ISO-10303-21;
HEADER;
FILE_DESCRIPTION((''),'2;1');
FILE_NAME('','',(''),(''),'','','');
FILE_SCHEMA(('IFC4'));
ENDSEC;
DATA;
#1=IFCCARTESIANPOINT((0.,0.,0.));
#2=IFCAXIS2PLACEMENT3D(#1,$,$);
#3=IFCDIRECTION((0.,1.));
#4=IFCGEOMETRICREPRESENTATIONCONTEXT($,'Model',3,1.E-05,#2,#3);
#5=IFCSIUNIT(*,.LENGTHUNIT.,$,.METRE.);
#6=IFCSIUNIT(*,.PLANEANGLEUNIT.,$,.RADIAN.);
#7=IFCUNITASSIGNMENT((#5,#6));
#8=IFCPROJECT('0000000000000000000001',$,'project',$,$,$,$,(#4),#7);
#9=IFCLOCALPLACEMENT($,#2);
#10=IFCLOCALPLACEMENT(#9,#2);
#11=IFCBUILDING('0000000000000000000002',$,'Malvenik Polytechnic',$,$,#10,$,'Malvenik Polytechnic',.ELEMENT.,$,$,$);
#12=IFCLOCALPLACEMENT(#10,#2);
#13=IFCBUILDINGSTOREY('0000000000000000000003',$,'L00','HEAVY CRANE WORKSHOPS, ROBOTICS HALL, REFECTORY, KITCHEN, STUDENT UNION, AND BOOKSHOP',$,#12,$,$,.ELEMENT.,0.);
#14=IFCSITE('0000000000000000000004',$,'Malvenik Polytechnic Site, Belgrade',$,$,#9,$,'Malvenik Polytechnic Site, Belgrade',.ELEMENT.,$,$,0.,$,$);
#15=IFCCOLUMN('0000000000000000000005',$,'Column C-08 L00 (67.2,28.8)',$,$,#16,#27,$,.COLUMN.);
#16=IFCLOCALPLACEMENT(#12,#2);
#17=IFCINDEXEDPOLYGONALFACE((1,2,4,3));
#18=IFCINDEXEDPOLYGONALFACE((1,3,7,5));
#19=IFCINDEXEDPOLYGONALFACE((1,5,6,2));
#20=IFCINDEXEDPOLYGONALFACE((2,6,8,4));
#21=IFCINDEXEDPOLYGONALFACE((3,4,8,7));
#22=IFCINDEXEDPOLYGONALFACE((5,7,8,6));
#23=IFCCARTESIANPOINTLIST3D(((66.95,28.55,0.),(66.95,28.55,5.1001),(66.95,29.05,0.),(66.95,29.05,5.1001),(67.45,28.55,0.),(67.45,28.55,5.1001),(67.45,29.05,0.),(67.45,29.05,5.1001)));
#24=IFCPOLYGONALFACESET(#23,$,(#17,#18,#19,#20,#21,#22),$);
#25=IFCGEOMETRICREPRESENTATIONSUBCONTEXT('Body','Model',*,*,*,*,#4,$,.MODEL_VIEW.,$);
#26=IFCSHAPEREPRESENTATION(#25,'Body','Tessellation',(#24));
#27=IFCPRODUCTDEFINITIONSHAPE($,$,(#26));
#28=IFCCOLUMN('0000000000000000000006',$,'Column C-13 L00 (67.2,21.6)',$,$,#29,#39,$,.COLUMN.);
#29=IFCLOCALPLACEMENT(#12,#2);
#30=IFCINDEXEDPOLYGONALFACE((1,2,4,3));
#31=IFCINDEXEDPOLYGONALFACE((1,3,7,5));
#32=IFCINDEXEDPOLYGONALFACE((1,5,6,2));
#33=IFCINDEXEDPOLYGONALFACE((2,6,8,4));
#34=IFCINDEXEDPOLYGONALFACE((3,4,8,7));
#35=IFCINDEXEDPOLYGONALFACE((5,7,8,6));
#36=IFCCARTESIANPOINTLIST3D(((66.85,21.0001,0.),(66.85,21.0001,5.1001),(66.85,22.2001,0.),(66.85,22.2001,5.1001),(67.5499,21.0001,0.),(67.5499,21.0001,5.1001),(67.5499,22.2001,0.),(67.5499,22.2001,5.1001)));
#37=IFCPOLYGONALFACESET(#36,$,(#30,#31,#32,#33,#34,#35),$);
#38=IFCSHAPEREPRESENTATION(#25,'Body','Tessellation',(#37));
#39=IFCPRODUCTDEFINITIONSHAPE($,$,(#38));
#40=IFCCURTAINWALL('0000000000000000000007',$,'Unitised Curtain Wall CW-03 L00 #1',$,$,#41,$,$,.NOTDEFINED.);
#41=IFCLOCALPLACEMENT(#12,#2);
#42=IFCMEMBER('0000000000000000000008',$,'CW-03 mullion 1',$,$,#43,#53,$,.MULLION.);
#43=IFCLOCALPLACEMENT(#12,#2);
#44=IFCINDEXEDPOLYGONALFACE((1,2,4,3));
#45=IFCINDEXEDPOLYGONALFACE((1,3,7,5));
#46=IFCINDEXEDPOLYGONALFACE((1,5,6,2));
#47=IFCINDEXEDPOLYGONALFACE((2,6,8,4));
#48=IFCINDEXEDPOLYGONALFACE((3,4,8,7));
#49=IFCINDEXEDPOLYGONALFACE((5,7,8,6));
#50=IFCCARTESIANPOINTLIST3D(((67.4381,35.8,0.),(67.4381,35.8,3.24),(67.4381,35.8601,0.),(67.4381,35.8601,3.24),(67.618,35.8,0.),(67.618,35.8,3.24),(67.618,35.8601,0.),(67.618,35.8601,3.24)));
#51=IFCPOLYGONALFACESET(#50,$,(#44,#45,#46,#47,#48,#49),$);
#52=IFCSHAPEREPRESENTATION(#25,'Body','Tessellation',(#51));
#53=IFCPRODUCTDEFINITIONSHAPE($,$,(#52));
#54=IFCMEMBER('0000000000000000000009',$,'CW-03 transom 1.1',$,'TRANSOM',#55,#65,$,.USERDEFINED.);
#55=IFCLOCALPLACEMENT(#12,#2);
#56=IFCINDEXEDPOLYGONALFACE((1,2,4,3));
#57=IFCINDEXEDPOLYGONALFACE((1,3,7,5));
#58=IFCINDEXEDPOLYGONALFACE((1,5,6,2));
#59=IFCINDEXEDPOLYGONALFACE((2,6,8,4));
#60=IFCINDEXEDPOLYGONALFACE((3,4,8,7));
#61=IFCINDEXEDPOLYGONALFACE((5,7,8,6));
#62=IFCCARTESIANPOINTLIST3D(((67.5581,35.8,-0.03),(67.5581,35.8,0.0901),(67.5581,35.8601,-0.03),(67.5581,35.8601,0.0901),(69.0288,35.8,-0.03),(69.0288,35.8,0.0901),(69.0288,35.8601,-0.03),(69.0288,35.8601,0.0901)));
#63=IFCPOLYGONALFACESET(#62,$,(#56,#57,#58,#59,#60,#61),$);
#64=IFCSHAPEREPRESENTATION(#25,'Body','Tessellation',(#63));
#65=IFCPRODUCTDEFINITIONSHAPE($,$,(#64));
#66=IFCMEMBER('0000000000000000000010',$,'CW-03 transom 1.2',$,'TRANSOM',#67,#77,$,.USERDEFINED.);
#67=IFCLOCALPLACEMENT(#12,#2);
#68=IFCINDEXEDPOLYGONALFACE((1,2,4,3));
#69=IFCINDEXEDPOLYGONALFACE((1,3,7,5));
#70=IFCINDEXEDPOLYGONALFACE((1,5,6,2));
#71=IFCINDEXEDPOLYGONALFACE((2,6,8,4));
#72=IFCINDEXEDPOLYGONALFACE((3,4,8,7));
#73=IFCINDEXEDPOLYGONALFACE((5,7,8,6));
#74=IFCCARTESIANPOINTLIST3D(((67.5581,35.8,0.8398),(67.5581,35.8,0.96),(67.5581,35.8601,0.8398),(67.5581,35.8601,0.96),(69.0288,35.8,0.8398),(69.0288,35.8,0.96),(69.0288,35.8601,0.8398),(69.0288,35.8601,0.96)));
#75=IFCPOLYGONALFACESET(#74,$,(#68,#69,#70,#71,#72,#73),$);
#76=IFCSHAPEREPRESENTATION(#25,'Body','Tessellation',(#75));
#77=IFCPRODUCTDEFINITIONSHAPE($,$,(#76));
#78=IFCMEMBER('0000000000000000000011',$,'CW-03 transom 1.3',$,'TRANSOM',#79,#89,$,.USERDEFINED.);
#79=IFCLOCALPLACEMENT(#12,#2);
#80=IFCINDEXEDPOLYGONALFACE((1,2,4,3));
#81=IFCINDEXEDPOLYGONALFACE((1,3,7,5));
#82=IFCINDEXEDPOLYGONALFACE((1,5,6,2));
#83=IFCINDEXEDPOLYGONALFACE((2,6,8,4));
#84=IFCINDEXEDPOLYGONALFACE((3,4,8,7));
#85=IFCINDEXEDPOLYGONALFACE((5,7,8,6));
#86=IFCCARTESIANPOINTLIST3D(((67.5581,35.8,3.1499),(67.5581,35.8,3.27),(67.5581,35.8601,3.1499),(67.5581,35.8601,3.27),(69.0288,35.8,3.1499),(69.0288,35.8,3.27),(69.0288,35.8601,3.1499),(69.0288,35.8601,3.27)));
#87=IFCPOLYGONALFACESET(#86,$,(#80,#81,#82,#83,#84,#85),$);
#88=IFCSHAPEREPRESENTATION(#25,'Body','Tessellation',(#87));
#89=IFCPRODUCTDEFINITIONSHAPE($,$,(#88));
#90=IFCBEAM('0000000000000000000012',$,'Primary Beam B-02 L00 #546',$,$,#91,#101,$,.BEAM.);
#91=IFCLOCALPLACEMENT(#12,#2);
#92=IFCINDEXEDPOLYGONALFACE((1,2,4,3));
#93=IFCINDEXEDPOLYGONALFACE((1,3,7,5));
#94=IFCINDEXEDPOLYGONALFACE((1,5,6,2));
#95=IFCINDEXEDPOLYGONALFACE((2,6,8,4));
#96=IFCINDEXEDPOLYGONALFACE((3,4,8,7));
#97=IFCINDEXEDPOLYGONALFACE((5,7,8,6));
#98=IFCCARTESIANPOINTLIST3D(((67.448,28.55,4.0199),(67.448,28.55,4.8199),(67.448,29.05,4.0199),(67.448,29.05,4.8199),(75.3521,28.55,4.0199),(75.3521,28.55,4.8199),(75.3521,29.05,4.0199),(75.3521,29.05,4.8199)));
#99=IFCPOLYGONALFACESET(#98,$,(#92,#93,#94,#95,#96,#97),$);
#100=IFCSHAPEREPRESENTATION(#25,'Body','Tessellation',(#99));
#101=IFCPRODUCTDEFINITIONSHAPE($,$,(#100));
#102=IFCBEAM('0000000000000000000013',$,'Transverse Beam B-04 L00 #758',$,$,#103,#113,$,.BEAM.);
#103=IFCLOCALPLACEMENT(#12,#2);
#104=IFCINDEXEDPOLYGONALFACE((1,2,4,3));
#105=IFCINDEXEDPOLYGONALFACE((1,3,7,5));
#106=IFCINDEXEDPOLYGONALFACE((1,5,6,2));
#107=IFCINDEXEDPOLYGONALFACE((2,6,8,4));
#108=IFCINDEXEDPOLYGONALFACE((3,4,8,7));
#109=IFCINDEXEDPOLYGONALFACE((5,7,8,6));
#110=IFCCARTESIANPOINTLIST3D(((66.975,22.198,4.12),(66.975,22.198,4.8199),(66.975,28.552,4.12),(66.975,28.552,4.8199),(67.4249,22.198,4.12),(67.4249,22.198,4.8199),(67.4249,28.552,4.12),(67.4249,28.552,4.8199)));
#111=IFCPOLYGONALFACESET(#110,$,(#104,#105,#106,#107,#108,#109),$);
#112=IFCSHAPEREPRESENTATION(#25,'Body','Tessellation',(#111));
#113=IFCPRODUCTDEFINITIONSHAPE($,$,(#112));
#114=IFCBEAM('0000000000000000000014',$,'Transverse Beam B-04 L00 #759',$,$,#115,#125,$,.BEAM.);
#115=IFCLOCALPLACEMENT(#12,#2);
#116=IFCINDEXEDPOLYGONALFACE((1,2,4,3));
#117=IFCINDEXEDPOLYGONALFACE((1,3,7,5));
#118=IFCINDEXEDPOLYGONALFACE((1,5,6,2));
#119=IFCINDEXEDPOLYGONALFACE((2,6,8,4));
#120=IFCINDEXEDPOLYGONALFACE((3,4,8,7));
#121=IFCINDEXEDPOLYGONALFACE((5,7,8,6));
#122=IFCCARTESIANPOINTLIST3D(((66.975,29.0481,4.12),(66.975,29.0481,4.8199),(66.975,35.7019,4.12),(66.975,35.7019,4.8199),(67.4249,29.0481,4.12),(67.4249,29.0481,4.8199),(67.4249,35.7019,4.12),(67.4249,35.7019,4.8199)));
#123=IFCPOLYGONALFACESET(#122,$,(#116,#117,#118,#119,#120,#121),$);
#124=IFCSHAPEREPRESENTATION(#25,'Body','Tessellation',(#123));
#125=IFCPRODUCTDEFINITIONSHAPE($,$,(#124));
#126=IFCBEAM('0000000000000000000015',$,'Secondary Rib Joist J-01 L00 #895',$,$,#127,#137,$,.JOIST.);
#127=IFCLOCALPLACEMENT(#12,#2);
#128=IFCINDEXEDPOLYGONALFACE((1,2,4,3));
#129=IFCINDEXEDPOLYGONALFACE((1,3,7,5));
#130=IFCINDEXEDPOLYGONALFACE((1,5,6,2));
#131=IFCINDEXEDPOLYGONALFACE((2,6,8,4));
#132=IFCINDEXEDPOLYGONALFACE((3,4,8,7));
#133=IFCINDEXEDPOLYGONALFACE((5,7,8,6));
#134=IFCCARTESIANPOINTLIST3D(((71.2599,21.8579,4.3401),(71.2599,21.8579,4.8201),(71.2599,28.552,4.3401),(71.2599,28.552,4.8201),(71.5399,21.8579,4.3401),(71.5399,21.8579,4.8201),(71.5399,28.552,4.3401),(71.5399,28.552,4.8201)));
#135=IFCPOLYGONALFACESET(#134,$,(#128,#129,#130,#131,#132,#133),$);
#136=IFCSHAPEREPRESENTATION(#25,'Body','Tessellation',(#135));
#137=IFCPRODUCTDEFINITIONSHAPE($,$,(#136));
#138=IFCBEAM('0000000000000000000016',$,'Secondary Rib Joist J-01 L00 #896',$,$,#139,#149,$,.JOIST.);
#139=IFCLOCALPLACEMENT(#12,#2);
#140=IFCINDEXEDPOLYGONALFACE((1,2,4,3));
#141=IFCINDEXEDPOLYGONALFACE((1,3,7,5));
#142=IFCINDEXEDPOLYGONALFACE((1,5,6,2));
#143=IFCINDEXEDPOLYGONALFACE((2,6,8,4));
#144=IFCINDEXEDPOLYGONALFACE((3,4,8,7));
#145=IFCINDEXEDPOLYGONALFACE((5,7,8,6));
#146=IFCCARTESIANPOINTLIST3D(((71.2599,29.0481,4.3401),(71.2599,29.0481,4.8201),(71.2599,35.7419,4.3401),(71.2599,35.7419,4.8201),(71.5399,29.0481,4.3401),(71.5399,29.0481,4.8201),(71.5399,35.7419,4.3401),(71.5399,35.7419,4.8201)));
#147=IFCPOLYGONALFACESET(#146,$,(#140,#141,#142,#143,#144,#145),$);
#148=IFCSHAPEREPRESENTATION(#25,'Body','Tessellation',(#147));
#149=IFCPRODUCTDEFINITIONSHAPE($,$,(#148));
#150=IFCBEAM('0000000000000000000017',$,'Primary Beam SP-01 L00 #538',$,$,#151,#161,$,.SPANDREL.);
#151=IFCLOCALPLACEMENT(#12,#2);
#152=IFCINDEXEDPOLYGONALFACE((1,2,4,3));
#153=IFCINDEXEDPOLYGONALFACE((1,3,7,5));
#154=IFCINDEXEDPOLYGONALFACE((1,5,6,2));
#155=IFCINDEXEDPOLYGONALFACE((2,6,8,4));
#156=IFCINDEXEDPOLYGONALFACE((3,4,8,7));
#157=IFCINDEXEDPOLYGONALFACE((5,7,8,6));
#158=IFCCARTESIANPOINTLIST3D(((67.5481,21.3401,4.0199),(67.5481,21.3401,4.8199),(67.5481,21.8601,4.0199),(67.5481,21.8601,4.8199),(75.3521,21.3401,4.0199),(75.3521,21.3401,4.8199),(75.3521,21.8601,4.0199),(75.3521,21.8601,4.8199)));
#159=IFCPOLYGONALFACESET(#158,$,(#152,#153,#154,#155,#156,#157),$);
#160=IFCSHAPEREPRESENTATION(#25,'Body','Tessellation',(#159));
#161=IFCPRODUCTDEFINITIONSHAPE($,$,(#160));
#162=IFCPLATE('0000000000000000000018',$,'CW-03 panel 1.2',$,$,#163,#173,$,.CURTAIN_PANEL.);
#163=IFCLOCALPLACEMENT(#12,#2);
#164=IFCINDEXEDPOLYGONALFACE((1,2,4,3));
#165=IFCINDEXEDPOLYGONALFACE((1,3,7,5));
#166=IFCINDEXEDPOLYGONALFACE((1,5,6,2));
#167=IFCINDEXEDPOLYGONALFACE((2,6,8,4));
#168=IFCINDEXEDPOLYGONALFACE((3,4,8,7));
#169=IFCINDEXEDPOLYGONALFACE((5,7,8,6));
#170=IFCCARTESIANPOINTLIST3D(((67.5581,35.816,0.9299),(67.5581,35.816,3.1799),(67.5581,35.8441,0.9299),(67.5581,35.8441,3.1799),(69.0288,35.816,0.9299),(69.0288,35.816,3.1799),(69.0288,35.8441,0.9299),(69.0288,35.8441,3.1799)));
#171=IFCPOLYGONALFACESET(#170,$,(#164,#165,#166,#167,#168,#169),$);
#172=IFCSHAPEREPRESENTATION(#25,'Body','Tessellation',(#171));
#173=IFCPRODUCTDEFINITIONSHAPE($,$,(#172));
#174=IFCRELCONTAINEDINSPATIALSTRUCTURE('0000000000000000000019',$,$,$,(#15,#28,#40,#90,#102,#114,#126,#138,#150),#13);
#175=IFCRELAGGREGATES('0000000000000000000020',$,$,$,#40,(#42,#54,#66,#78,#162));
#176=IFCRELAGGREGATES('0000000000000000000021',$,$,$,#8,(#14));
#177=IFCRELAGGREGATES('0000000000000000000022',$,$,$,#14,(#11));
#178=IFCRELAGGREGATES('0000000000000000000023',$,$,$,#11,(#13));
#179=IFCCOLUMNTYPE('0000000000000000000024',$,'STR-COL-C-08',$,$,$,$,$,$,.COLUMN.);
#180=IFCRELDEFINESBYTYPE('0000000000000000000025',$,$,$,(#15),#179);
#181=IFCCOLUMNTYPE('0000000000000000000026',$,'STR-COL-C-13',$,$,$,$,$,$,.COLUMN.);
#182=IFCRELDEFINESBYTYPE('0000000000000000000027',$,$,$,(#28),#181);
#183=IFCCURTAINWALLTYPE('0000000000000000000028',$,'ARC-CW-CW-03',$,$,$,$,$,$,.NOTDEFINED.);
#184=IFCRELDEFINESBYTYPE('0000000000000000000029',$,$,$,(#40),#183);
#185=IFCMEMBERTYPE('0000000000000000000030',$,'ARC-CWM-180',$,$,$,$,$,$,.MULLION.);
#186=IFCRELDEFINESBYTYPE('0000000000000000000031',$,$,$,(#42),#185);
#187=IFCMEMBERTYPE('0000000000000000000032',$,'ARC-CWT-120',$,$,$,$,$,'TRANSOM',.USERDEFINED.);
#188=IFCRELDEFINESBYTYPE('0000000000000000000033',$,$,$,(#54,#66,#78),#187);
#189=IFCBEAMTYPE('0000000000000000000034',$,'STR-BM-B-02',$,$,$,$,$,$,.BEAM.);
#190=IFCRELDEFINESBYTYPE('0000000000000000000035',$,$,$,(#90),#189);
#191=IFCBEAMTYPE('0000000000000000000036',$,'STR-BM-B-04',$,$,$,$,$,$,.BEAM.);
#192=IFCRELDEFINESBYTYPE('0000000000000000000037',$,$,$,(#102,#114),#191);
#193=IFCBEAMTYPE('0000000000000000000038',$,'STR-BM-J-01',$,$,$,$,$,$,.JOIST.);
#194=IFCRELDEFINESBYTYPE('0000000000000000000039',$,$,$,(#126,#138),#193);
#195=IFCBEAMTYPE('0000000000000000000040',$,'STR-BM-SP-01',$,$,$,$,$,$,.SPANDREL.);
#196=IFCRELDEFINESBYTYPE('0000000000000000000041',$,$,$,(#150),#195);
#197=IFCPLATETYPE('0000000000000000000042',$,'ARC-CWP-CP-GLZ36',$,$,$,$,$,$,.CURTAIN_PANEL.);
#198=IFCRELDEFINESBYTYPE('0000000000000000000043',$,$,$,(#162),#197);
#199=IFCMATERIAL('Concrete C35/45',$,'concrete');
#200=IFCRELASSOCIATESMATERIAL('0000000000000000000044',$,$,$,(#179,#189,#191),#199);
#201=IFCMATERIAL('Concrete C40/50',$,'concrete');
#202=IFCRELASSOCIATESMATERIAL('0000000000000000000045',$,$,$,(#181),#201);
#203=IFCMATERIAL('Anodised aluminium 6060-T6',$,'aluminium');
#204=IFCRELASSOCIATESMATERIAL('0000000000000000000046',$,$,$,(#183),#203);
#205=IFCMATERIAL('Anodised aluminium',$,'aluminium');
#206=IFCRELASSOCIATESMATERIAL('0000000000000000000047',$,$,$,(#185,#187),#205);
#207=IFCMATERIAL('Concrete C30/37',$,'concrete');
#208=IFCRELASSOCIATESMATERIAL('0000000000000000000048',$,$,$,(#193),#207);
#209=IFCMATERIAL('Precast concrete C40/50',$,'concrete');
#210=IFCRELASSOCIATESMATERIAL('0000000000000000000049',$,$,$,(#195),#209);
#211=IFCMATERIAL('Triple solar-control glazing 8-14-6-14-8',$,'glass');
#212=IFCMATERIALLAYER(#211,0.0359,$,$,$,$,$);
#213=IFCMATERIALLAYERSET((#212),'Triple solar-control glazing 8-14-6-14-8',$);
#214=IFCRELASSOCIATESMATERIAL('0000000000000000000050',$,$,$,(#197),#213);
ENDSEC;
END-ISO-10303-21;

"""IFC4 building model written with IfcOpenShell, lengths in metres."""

from ifc_helpers import new_model, si_unit, direction, frame, origin, origin_2d, place, context, subcontext, project, spatial, rectangle, extrude, material, layer, layer_set, material_profile, profile_set, type_object, element, aggregate, save


model = new_model("IFC4")

# Units and contexts
model_context = context("Model", 3, precision=1e-05, world=origin(), true_north=direction((0.0, 1.0)))
body_context = subcontext(model_context, "Body", "Model", "MODEL_VIEW")
ifc_project = project(units=[si_unit("LENGTHUNIT", "METRE"), si_unit("PLANEANGLEUNIT", "RADIAN")], contexts=[model_context])

# Site, building, storey
site_placement = place(None, origin())
site = spatial("IfcSite", under=ifc_project, at=site_placement, Name="Malvenik Polytechnic Site, Belgrade", LongName="Malvenik Polytechnic Site, Belgrade", CompositionType="ELEMENT", RefElevation=0.0)
building_placement = place(site_placement, origin())
building = spatial("IfcBuilding", under=site, at=building_placement, Name="Malvenik Polytechnic", LongName="Malvenik Polytechnic", CompositionType="ELEMENT")
storey_placement = place(building_placement, origin())
storey = spatial("IfcBuildingStorey", under=building, at=storey_placement, Name="L00", Description="HEAVY CRANE WORKSHOPS, ROBOTICS HALL, REFECTORY, KITCHEN, STUDENT UNION, AND BOOKSHOP", CompositionType="ELEMENT", Elevation=0.0)

# Columns
ifc_material_1 = material(Name="Concrete C35/45", Category="concrete")
ifc_material_profile_1 = material_profile(ifc_material_1, rectangle(XDim=0.5, YDim=0.5, at=origin_2d()), Name="RC COL 500x500")
ifc_profile_set_1 = profile_set([ifc_material_profile_1], Name="Concrete C35/45")
column_type_1 = type_object("IfcColumnType", Name="STR-COL-C-08", PredefinedType="COLUMN", material=ifc_profile_set_1)
column_1_placement = place(storey_placement, frame((67.2, 28.8, 0.0), z_axis=(0.0, 0.0, 1.0), x_axis=(1.0, 0.0, 0.0)))
element("IfcColumn", 1, at=column_1_placement, inside=storey, type_object=column_type_1, Name="Column C-08 L00 (67.2,28.8)", PredefinedType="COLUMN", context=body_context, shape_type="SweptSolid", body=[
    extrude(rectangle(XDim=0.5, YDim=0.5, at=origin_2d()), origin(), (0.0, 0.0, 1.0), 5.1001),
])
ifc_material_2 = material(Name="Concrete C40/50", Category="concrete")
ifc_material_profile_2 = material_profile(ifc_material_2, rectangle(XDim=0.7, YDim=1.2, at=origin_2d()), Name="RC COL 1200x700")
ifc_profile_set_2 = profile_set([ifc_material_profile_2], Name="Concrete C40/50")
column_type_2 = type_object("IfcColumnType", Name="STR-COL-C-13", PredefinedType="COLUMN", material=ifc_profile_set_2)
column_2_placement = place(storey_placement, frame((67.2, 21.6001, 0.0), z_axis=(0.0, 0.0, 1.0), x_axis=(1.0, 0.0, 0.0)))
element("IfcColumn", 2, at=column_2_placement, inside=storey, type_object=column_type_2, Name="Column C-13 L00 (67.2,21.6)", PredefinedType="COLUMN", context=body_context, shape_type="SweptSolid", body=[
    extrude(rectangle(XDim=0.7, YDim=1.2, at=origin_2d()), origin(), (0.0, 0.0, 1.0), 5.1001),
])

# Curtain wall, members
ifc_material_3 = material(Name="Anodised aluminium 6060-T6", Category="aluminium")
curtain_wall_type = type_object("IfcCurtainWallType", Name="ARC-CW-CW-03", PredefinedType="NOTDEFINED", material=ifc_material_3)
curtain_wall_placement = place(storey_placement, origin())
curtain_wall = element("IfcCurtainWall", 3, at=curtain_wall_placement, inside=storey, type_object=curtain_wall_type, Name="Unitised Curtain Wall CW-03 L00 #1", PredefinedType="NOTDEFINED")
ifc_material_4 = material(Name="Anodised aluminium", Category="aluminium")
ifc_material_profile_3 = material_profile(ifc_material_4, rectangle(XDim=0.0601, YDim=0.1799, at=origin_2d()), Name="ALU MULLION 60x180")
ifc_profile_set_3 = profile_set([ifc_material_profile_3], Name="Anodised aluminium")
member_type_1 = type_object("IfcMemberType", Name="ARC-CWM-180", PredefinedType="MULLION", material=ifc_profile_set_3)
member_1_placement = place(storey_placement, frame((67.5281, 35.8301, 0.0), z_axis=(0.0, 0.0, 1.0), x_axis=(0.0, 1.0, 0.0)))
member_1 = element("IfcMember", 4, at=member_1_placement, type_object=member_type_1, Name="CW-03 mullion 1", PredefinedType="MULLION", context=body_context, shape_type="SweptSolid", body=[
    extrude(rectangle(XDim=0.0601, YDim=0.1799, at=origin_2d()), origin(), (0.0, 0.0, 1.0), 3.24),
])
ifc_material_profile_4 = material_profile(ifc_material_4, rectangle(XDim=0.0601, YDim=0.1201, at=origin_2d()), Name="ALU TRANSOM 60x120")
ifc_profile_set_4 = profile_set([ifc_material_profile_4], Name="Anodised aluminium")
member_type_2 = type_object("IfcMemberType", Name="ARC-CWT-120", ElementType="TRANSOM", PredefinedType="USERDEFINED", material=ifc_profile_set_4)
member_2_placement = place(storey_placement, frame((67.5581, 35.8301, 0.03), z_axis=(1.0, 0.0, 0.0), x_axis=(0.0, 1.0, 0.0)))
member_2 = element("IfcMember", 5, at=member_2_placement, type_object=member_type_2, Name="CW-03 transom 1.1", ObjectType="TRANSOM", PredefinedType="USERDEFINED", context=body_context, shape_type="SweptSolid", body=[
    extrude(rectangle(XDim=0.0601, YDim=0.1201, at=origin_2d()), origin(), (0.0, 0.0, 1.0), 1.4707),
])
member_3_placement = place(storey_placement, frame((67.5581, 35.8301, 0.8999), z_axis=(1.0, 0.0, 0.0), x_axis=(0.0, 1.0, 0.0)))
member_3 = element("IfcMember", 6, at=member_3_placement, type_object=member_type_2, Name="CW-03 transom 1.2", ObjectType="TRANSOM", PredefinedType="USERDEFINED", context=body_context, shape_type="SweptSolid", body=[
    extrude(rectangle(XDim=0.0601, YDim=0.1201, at=origin_2d()), origin(), (0.0, 0.0, 1.0), 1.4707),
])
member_4_placement = place(storey_placement, frame((67.5581, 35.8301, 3.21), z_axis=(1.0, 0.0, 0.0), x_axis=(0.0, 1.0, 0.0)))
member_4 = element("IfcMember", 7, at=member_4_placement, type_object=member_type_2, Name="CW-03 transom 1.3", ObjectType="TRANSOM", PredefinedType="USERDEFINED", context=body_context, shape_type="SweptSolid", body=[
    extrude(rectangle(XDim=0.0601, YDim=0.1201, at=origin_2d()), origin(), (0.0, 0.0, 1.0), 1.4707),
])

# Beams
ifc_material_profile_5 = material_profile(ifc_material_1, rectangle(XDim=0.5, YDim=0.8, at=origin_2d()), Name="RC BM 500x800")
ifc_profile_set_5 = profile_set([ifc_material_profile_5], Name="Concrete C35/45")
beam_type_1 = type_object("IfcBeamType", Name="STR-BM-B-02", PredefinedType="BEAM", material=ifc_profile_set_5)
beam_1_placement = place(storey_placement, frame((67.448, 28.8, 4.4199), z_axis=(1.0, 0.0, 0.0), x_axis=(0.0, 1.0, 0.0)))
element("IfcBeam", 8, at=beam_1_placement, inside=storey, type_object=beam_type_1, Name="Primary Beam B-02 L00 #546", PredefinedType="BEAM", context=body_context, shape_type="SweptSolid", body=[
    extrude(rectangle(XDim=0.5, YDim=0.8, at=origin_2d()), origin(), (0.0, 0.0, 1.0), 7.9041),
])
ifc_material_profile_6 = material_profile(ifc_material_1, rectangle(XDim=0.45, YDim=0.7, at=origin_2d()), Name="RC BM 450x700")
ifc_profile_set_6 = profile_set([ifc_material_profile_6], Name="Concrete C35/45")
beam_type_2 = type_object("IfcBeamType", Name="STR-BM-B-04", PredefinedType="BEAM", material=ifc_profile_set_6)
beam_2_placement = place(storey_placement, frame((67.2, 22.198, 4.47), z_axis=(0.0, 1.0, 0.0), x_axis=(-1.0, 0.0, 0.0)))
element("IfcBeam", 9, at=beam_2_placement, inside=storey, type_object=beam_type_2, Name="Transverse Beam B-04 L00 #758", PredefinedType="BEAM", context=body_context, shape_type="SweptSolid", body=[
    extrude(rectangle(XDim=0.45, YDim=0.7, at=origin_2d()), origin(), (0.0, 0.0, 1.0), 6.354),
])
beam_3_placement = place(storey_placement, frame((67.2, 29.0481, 4.47), z_axis=(0.0, 1.0, 0.0), x_axis=(-1.0, 0.0, 0.0)))
element("IfcBeam", 10, at=beam_3_placement, inside=storey, type_object=beam_type_2, Name="Transverse Beam B-04 L00 #759", PredefinedType="BEAM", context=body_context, shape_type="SweptSolid", body=[
    extrude(rectangle(XDim=0.45, YDim=0.7, at=origin_2d()), origin(), (0.0, 0.0, 1.0), 6.6538),
])
ifc_material_5 = material(Name="Concrete C30/37", Category="concrete")
ifc_material_profile_7 = material_profile(ifc_material_5, rectangle(XDim=0.28, YDim=0.48, at=origin_2d()), Name="RC JST 280x480")
ifc_profile_set_7 = profile_set([ifc_material_profile_7], Name="Concrete C30/37")
beam_type_3 = type_object("IfcBeamType", Name="STR-BM-J-01", PredefinedType="JOIST", material=ifc_profile_set_7)
beam_4_placement = place(storey_placement, frame((71.3999, 21.8579, 4.5801), z_axis=(0.0, 1.0, 0.0), x_axis=(-1.0, 0.0, 0.0)))
element("IfcBeam", 11, at=beam_4_placement, inside=storey, type_object=beam_type_3, Name="Secondary Rib Joist J-01 L00 #895", PredefinedType="JOIST", context=body_context, shape_type="SweptSolid", body=[
    extrude(rectangle(XDim=0.28, YDim=0.48, at=origin_2d()), origin(), (0.0, 0.0, 1.0), 6.6941),
])
beam_5_placement = place(storey_placement, frame((71.3999, 29.0481, 4.5801), z_axis=(0.0, 1.0, 0.0), x_axis=(-1.0, 0.0, 0.0)))
element("IfcBeam", 12, at=beam_5_placement, inside=storey, type_object=beam_type_3, Name="Secondary Rib Joist J-01 L00 #896", PredefinedType="JOIST", context=body_context, shape_type="SweptSolid", body=[
    extrude(rectangle(XDim=0.28, YDim=0.48, at=origin_2d()), origin(), (0.0, 0.0, 1.0), 6.6938),
])
ifc_material_6 = material(Name="Precast concrete C40/50", Category="concrete")
ifc_material_profile_8 = material_profile(ifc_material_6, rectangle(XDim=0.52, YDim=0.8, at=origin_2d()), Name="PC SPN 520x800")
ifc_profile_set_8 = profile_set([ifc_material_profile_8], Name="Precast concrete C40/50")
beam_type_4 = type_object("IfcBeamType", Name="STR-BM-SP-01", PredefinedType="SPANDREL", material=ifc_profile_set_8)
beam_6_placement = place(storey_placement, frame((67.5481, 21.6001, 4.4199), z_axis=(1.0, 0.0, 0.0), x_axis=(0.0, 1.0, 0.0)))
element("IfcBeam", 13, at=beam_6_placement, inside=storey, type_object=beam_type_4, Name="Primary Beam SP-01 L00 #538", PredefinedType="SPANDREL", context=body_context, shape_type="SweptSolid", body=[
    extrude(rectangle(XDim=0.52, YDim=0.8, at=origin_2d()), origin(), (0.0, 0.0, 1.0), 7.804),
])

# Plate
ifc_material_7 = material(Name="Triple solar-control glazing 8-14-6-14-8", Category="glass")
ifc_layer_1 = layer(ifc_material_7, 0.0359)
ifc_layer_set_1 = layer_set([ifc_layer_1], Name="Triple solar-control glazing 8-14-6-14-8")
plate_type_1 = type_object("IfcPlateType", Name="ARC-CWP-CP-GLZ36", PredefinedType="CURTAIN_PANEL", material=ifc_layer_set_1)
plate_1_placement = place(storey_placement, frame((68.2935, 35.8301, 0.9299), z_axis=(0.0, 0.0, 1.0), x_axis=(1.0, 0.0, 0.0)))
plate_1 = element("IfcPlate", 14, at=plate_1_placement, type_object=plate_type_1, Name="CW-03 panel 1.2", PredefinedType="CURTAIN_PANEL", context=body_context, shape_type="SweptSolid", body=[
    extrude(rectangle(XDim=1.4707, YDim=0.0281, at=origin_2d()), origin(), (0.0, 0.0, 1.0), 2.25),
])
aggregate(curtain_wall, [member_1, member_2, member_3, member_4, plate_1])

save(model, "model.ifc")
